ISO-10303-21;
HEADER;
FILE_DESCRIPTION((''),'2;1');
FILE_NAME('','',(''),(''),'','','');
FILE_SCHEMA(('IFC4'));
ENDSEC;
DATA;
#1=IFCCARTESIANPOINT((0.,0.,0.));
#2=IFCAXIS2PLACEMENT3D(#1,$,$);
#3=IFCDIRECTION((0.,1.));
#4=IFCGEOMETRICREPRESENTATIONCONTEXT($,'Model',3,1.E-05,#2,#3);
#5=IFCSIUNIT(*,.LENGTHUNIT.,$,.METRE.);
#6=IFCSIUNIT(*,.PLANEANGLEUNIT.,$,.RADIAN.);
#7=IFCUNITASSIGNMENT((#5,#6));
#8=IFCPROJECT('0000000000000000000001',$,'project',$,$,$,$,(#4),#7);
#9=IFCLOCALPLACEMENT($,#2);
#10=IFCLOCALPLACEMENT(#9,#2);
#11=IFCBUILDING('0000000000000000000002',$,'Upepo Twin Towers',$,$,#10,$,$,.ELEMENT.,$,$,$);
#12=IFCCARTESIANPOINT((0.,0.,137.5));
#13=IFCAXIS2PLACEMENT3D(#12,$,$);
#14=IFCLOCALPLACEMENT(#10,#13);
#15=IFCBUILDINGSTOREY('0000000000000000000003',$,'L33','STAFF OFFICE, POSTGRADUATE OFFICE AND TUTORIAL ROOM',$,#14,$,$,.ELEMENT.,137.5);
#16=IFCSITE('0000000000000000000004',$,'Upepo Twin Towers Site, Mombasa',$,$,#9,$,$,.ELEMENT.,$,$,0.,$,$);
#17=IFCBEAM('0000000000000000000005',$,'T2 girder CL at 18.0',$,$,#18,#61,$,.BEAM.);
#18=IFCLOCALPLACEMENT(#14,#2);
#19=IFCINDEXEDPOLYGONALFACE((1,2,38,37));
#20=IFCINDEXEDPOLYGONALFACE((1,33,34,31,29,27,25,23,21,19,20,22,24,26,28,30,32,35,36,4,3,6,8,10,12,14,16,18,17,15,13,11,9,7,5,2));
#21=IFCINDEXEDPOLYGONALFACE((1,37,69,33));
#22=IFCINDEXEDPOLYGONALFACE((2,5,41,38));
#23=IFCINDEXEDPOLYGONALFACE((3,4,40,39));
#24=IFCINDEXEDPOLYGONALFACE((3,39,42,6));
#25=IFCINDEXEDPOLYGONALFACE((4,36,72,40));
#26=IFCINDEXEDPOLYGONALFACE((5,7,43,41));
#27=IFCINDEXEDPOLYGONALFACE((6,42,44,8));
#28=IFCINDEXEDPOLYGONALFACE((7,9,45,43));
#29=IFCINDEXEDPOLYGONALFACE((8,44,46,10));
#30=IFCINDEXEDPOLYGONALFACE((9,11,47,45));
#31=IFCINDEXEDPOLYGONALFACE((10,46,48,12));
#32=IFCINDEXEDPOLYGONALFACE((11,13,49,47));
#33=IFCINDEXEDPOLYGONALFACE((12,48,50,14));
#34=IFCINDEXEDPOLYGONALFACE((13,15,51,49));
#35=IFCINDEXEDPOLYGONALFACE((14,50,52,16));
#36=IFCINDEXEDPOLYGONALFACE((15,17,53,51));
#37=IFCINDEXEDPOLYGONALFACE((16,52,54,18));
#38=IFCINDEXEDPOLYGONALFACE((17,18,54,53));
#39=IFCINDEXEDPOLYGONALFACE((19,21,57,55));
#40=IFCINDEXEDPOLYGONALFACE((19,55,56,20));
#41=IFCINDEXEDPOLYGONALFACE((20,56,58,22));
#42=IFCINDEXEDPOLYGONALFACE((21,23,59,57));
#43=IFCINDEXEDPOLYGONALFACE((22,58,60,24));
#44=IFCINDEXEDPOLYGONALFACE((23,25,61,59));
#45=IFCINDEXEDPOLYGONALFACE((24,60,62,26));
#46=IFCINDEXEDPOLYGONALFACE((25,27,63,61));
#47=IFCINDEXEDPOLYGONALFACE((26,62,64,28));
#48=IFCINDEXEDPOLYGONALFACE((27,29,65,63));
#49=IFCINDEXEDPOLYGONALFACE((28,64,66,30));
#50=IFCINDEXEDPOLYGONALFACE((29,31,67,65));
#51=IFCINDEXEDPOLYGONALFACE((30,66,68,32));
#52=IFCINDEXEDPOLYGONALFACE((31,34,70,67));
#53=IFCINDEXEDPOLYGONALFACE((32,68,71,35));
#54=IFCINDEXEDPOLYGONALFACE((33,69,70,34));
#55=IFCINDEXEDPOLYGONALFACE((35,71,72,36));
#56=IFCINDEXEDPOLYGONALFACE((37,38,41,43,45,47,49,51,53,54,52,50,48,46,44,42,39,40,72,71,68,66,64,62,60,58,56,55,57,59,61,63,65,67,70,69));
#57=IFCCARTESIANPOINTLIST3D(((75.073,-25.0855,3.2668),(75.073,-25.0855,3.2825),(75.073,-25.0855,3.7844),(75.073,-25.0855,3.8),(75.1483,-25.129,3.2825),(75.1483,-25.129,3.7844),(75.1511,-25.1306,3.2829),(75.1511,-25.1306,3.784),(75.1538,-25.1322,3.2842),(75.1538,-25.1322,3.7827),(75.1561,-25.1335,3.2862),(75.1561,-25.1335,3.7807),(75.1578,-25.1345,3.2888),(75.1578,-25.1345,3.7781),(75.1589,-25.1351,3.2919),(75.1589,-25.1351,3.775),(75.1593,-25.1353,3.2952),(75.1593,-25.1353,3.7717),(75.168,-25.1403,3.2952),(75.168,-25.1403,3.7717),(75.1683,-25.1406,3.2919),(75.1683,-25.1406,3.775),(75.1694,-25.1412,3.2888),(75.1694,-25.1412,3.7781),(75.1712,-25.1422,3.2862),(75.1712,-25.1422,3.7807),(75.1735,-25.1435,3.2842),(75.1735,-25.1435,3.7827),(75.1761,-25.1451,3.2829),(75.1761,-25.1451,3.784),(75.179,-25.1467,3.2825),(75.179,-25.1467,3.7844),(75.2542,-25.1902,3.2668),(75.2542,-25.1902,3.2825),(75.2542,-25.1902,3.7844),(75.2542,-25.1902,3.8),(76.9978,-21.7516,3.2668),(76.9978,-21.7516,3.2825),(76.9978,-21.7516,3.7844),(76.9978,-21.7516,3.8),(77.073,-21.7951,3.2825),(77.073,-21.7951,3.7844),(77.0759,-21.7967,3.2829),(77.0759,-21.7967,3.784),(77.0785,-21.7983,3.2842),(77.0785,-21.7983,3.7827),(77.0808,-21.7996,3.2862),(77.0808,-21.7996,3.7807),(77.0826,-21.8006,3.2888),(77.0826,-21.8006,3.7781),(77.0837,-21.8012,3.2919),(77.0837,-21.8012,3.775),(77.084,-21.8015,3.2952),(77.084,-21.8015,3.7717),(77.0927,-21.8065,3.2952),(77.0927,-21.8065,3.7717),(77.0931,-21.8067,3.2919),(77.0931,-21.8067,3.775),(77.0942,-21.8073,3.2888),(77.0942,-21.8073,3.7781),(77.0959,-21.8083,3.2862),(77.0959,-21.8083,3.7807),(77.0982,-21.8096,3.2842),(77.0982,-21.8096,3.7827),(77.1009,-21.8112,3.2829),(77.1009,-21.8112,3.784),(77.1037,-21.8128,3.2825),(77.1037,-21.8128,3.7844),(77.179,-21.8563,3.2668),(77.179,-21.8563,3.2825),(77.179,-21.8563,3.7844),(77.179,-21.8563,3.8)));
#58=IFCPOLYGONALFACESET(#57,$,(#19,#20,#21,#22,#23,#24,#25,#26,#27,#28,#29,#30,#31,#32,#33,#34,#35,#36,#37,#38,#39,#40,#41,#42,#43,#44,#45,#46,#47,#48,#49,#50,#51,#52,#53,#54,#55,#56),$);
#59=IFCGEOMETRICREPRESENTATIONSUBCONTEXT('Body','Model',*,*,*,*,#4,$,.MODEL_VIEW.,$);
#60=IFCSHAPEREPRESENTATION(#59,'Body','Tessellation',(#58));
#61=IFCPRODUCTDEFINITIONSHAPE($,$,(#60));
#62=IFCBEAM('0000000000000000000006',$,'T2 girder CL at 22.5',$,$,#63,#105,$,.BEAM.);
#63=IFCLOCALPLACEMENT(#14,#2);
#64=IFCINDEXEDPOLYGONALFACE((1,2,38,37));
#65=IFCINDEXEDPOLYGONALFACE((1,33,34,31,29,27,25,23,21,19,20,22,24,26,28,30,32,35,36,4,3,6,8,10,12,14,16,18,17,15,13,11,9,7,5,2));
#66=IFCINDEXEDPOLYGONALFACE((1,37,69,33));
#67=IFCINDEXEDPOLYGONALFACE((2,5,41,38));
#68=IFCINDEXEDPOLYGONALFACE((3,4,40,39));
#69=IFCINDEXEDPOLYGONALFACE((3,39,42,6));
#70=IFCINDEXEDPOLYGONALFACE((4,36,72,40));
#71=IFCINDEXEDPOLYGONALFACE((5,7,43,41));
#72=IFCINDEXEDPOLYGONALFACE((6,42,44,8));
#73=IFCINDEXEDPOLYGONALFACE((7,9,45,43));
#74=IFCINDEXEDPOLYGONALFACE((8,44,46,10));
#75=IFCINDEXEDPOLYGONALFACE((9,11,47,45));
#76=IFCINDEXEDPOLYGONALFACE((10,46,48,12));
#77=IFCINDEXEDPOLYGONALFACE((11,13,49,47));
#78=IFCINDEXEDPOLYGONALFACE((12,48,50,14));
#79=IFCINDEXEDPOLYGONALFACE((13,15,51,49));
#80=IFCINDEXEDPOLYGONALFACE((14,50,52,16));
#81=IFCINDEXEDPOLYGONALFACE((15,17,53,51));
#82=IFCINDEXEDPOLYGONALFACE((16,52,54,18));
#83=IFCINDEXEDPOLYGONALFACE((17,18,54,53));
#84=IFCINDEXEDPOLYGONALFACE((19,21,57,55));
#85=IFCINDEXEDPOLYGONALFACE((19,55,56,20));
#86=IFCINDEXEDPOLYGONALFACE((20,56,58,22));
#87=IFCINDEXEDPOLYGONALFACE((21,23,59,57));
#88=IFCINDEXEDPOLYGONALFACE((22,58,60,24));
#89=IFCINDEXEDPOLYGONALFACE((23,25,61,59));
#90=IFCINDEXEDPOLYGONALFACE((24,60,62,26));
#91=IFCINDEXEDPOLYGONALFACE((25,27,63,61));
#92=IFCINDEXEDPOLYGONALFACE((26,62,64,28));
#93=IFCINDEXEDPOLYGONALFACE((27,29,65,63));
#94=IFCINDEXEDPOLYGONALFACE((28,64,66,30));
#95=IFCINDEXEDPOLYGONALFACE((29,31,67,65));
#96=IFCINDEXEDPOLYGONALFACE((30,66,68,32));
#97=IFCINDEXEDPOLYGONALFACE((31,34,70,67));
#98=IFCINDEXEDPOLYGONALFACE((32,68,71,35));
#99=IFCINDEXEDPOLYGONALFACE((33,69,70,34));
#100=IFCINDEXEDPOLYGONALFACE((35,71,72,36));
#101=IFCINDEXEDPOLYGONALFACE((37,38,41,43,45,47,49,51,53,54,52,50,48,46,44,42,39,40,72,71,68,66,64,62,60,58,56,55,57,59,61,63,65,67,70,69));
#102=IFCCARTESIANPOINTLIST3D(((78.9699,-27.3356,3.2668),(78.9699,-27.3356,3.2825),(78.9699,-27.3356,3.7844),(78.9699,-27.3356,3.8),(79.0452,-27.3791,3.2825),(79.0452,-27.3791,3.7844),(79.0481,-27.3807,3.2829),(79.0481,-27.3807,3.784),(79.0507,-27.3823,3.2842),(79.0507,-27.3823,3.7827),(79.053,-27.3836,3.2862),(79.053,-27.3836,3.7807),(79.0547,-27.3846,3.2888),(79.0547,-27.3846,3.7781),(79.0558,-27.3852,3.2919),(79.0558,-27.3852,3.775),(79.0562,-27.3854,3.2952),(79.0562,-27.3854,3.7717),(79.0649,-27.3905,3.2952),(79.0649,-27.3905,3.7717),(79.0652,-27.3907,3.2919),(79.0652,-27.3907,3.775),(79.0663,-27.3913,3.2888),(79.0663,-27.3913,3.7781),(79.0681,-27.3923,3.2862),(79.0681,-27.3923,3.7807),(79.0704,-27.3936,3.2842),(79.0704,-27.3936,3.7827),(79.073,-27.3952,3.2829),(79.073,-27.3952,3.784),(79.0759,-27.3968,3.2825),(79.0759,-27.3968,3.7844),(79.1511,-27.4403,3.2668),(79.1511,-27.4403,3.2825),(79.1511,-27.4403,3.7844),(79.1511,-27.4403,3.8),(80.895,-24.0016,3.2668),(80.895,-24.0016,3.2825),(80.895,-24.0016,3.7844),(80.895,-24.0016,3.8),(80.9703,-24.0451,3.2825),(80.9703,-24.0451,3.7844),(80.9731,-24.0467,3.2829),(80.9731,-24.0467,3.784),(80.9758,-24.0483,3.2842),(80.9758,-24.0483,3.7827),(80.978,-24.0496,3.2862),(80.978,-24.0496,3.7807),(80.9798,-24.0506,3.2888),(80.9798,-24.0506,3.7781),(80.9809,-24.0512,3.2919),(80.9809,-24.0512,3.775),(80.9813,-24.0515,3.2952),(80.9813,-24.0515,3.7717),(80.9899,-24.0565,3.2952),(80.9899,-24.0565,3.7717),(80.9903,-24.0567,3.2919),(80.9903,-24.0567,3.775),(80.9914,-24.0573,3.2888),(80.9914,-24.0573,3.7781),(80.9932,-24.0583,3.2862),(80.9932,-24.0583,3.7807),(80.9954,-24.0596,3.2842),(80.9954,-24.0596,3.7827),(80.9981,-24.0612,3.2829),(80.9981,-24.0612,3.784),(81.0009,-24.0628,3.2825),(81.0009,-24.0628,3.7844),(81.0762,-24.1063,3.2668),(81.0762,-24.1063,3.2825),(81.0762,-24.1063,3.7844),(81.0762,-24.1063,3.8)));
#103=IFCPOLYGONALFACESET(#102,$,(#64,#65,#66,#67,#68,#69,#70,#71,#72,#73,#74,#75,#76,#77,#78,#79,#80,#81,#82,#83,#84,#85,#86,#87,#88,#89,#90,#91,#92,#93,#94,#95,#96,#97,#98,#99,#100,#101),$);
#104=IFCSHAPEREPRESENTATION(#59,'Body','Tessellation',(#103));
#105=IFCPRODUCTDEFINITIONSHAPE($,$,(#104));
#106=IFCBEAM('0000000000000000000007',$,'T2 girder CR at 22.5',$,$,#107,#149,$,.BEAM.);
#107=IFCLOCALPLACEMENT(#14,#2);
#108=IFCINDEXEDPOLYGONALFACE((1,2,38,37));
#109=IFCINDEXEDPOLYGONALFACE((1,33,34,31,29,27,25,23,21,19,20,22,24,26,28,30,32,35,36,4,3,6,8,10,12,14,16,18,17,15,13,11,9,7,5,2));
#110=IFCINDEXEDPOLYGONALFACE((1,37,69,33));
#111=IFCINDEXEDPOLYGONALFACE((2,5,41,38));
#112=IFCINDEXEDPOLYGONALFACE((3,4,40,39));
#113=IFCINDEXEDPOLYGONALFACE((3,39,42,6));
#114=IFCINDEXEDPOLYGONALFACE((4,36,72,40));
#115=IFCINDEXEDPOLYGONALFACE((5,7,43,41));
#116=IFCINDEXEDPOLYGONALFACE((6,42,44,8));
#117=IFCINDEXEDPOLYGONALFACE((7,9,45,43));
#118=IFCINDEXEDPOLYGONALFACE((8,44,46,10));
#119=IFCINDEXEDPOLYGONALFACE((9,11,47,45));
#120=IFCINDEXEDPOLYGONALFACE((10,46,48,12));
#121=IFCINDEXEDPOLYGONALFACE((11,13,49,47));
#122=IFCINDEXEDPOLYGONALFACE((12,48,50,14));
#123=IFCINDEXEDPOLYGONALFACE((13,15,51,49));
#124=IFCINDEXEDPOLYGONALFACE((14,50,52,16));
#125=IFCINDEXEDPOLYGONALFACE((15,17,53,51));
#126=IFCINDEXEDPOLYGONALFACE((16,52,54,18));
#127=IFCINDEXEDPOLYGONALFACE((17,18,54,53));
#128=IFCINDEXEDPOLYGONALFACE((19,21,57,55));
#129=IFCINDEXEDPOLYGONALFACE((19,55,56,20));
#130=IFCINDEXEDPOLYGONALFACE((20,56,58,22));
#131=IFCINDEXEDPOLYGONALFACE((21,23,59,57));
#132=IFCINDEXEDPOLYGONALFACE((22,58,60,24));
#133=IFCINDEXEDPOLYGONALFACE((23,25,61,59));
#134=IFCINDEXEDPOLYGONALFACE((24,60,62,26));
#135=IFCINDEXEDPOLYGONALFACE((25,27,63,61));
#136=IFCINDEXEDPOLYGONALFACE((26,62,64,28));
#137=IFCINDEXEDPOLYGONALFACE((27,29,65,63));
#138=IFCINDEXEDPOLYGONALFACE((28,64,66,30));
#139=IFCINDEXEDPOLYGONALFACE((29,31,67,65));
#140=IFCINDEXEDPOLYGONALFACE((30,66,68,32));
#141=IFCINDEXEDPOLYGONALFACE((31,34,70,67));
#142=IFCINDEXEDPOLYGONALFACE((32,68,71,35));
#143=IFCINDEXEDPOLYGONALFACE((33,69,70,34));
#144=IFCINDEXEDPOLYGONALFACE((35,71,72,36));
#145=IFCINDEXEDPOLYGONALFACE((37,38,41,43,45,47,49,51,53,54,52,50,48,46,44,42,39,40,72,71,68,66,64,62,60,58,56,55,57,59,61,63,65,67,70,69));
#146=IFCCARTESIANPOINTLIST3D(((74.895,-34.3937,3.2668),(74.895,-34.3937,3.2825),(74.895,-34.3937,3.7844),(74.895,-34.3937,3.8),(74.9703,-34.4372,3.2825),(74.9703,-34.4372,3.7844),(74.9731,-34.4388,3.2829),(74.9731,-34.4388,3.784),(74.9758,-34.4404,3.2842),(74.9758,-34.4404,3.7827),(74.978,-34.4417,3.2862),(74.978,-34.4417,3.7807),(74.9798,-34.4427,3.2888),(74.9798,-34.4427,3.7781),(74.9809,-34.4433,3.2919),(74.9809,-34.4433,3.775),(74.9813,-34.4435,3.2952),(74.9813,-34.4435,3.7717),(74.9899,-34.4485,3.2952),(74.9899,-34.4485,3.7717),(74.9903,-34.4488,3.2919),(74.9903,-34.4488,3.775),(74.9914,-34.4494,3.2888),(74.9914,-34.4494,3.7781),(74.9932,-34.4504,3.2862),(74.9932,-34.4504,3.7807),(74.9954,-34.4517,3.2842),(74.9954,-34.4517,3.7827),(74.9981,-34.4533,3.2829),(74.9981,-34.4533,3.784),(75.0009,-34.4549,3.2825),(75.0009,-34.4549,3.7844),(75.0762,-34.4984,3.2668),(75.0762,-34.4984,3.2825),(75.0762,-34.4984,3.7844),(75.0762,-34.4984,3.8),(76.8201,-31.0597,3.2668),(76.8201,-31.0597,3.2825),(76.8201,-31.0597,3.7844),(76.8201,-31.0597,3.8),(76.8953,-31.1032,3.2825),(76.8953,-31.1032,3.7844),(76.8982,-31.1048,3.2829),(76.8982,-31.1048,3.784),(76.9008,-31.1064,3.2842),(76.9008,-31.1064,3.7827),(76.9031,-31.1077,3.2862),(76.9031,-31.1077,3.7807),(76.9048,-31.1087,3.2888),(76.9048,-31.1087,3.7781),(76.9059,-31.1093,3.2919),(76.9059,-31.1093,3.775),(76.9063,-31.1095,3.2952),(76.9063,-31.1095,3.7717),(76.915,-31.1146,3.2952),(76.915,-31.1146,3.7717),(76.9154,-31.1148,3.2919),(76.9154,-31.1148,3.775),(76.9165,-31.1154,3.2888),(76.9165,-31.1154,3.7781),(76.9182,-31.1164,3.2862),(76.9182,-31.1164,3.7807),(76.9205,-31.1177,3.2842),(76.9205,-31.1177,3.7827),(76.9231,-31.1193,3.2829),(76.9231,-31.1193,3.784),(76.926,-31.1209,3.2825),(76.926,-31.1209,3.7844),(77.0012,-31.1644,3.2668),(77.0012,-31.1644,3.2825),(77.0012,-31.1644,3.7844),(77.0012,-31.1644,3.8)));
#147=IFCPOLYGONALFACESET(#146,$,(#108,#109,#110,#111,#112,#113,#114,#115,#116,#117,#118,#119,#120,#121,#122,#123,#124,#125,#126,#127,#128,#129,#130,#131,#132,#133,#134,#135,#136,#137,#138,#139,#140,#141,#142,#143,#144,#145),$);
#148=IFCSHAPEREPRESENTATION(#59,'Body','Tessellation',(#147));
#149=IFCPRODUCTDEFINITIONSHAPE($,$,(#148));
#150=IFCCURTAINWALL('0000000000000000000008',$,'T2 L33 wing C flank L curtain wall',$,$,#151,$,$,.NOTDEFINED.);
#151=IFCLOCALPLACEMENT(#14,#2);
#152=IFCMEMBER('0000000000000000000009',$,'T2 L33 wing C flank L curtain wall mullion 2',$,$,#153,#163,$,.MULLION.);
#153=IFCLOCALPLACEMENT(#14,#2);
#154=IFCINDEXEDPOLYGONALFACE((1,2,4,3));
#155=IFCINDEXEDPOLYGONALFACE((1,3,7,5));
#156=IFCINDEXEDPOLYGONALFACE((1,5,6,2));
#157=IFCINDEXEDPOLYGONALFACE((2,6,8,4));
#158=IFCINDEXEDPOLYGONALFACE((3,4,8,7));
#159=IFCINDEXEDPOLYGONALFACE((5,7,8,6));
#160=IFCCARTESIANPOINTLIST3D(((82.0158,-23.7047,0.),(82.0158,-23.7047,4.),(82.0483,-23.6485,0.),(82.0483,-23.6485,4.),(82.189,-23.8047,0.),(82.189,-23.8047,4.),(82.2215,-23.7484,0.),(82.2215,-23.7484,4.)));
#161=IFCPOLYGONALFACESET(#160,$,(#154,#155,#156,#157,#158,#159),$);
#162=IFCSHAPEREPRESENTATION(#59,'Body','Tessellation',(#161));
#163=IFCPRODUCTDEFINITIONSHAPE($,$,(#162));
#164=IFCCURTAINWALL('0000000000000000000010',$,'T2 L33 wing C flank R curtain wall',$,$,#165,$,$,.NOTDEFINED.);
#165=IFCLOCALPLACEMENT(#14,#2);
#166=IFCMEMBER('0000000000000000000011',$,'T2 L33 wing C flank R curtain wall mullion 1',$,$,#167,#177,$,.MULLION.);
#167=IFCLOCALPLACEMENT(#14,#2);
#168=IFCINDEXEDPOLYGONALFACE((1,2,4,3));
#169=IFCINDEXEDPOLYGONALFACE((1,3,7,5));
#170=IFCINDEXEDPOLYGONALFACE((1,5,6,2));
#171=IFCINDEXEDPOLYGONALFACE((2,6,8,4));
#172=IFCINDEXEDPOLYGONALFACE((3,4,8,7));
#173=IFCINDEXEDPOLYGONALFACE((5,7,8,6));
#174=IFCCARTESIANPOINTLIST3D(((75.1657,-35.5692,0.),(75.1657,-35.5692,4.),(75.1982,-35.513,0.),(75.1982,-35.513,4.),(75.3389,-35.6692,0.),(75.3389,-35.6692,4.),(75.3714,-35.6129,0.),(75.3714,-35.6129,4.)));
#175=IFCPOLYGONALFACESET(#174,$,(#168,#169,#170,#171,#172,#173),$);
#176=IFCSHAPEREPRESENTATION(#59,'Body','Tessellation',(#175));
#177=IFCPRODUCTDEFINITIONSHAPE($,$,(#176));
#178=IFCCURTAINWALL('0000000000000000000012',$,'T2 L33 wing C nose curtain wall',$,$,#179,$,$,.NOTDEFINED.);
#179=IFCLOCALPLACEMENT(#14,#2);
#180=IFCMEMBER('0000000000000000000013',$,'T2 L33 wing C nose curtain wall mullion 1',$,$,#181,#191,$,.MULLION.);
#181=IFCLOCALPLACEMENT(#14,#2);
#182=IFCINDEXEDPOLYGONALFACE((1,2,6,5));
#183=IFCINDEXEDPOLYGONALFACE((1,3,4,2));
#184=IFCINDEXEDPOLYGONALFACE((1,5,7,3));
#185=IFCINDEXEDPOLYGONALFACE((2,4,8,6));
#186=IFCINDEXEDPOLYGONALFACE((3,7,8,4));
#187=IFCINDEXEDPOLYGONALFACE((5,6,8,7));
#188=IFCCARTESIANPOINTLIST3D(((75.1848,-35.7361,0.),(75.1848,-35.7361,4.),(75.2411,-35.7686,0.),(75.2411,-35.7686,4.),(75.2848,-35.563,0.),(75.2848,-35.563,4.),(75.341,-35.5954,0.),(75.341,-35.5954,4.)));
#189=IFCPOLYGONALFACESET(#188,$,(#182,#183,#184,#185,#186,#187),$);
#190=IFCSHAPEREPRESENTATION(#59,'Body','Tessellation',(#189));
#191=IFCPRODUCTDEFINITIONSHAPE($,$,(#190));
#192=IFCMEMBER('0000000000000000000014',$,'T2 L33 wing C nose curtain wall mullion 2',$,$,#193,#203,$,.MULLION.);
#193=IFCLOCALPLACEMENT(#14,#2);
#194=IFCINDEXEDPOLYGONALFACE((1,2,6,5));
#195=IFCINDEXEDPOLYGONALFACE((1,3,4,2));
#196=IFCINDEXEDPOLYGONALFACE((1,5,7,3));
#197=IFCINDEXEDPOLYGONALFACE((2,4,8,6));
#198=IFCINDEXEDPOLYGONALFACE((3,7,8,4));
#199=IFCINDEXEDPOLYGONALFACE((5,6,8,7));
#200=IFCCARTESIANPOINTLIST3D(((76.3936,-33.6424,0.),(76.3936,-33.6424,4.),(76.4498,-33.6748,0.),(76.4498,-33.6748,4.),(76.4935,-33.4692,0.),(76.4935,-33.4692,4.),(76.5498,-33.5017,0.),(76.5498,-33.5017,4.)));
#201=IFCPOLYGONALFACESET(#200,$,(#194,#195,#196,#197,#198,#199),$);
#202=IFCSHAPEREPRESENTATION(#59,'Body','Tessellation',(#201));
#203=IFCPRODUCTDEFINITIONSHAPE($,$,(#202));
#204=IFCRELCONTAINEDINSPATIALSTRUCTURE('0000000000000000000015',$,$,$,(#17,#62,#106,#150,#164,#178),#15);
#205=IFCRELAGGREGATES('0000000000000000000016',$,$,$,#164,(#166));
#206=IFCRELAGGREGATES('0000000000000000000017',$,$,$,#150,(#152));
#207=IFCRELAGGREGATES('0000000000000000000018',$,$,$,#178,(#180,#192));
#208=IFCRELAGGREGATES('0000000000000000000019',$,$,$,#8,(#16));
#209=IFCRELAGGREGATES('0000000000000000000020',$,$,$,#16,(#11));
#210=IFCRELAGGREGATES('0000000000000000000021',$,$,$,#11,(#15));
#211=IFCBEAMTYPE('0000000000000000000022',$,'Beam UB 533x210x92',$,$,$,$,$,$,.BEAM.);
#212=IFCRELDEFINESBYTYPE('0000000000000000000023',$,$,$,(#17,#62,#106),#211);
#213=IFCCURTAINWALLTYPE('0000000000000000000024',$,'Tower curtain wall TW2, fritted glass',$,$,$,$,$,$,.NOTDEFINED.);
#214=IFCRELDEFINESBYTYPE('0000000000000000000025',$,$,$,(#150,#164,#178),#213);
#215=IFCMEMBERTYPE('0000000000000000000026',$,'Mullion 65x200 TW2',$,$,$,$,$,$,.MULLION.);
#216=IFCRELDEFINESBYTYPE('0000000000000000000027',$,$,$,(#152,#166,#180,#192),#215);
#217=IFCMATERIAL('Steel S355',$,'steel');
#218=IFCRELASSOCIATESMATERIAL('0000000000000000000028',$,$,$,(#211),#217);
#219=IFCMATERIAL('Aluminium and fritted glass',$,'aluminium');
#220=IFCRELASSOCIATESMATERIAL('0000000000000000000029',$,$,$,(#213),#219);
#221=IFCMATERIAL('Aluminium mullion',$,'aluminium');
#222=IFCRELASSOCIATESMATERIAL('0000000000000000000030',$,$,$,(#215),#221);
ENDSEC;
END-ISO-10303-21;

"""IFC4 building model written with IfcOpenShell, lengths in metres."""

from ifc_helpers import new_model, si_unit, direction, frame, origin, origin_2d, place, context, subcontext, project, spatial, rectangle, i_section, extrude, material, material_profile, profile_set, type_object, element, aggregate, save


model = new_model("IFC4")

# Units and contexts
model_context = context("Model", 3, precision=1e-05, world=origin(), true_north=direction((0.0, 1.0)))
body_context = subcontext(model_context, "Body", "Model", "MODEL_VIEW")
ifc_project = project(units=[si_unit("LENGTHUNIT", "METRE"), si_unit("PLANEANGLEUNIT", "RADIAN")], contexts=[model_context])

# Site, building, storey
site_placement = place(None, origin())
site = spatial("IfcSite", under=ifc_project, at=site_placement, Name="Upepo Twin Towers Site, Mombasa", CompositionType="ELEMENT", RefElevation=0.0)
building_placement = place(site_placement, origin())
building = spatial("IfcBuilding", under=site, at=building_placement, Name="Upepo Twin Towers", CompositionType="ELEMENT")
storey_placement = place(building_placement, frame((0.0, 0.0, 137.5)))
storey = spatial("IfcBuildingStorey", under=building, at=storey_placement, Name="L33", Description="STAFF OFFICE, POSTGRADUATE OFFICE AND TUTORIAL ROOM", CompositionType="ELEMENT", Elevation=137.5)

# Beams
ifc_material_1 = material(Name="Steel S355", Category="steel")
ifc_material_profile_1 = material_profile(ifc_material_1, i_section(OverallWidth=0.2092, OverallDepth=0.5332, WebThickness=0.01, FlangeThickness=0.0156, FilletRadius=0.0127, at=origin_2d()), Name="UB 533x210x92")
ifc_profile_set_1 = profile_set([ifc_material_profile_1], Name="Steel S355")
beam_type_1 = type_object("IfcBeamType", Name="Beam UB 533x210x92", PredefinedType="BEAM", material=ifc_profile_set_1)
beam_1_placement = place(storey_placement, frame((77.0884, -21.804, 3.5334), z_axis=(-0.499986, -0.866034, 0.0), x_axis=(0.866034, -0.499986, 0.0)))
element("IfcBeam", 1, at=beam_1_placement, inside=storey, type_object=beam_type_1, Name="T2 girder CL at 18.0", PredefinedType="BEAM", context=body_context, shape_type="SweptSolid", body=[
    extrude(i_section(OverallWidth=0.2092, OverallDepth=0.5332, WebThickness=0.01, FlangeThickness=0.0156, FilletRadius=0.0127, at=origin_2d()), origin(), (0.0, 0.0, 1.0), 3.8496),
])
for number, where, z_axis, x_axis, name in (
    (2, (80.9856, -24.054, 3.5334), (-0.500034, -0.866006, 0.0), (0.866006, -0.500034, 0.0), "T2 girder CL at 22.5"),
    (3, (74.9856, -34.446, 3.5334), (0.500034, 0.866006, 0.0), (-0.866006, 0.500034, 0.0), "T2 girder CR at 22.5"),
):
    element("IfcBeam", number, at=place(storey_placement, frame(where, z_axis=z_axis, x_axis=x_axis)), inside=storey, type_object=beam_type_1, Name=name, PredefinedType="BEAM", context=body_context, shape_type="SweptSolid", body=[
        extrude(i_section(OverallWidth=0.2092, OverallDepth=0.5332, WebThickness=0.01, FlangeThickness=0.0156, FilletRadius=0.0127, at=origin_2d()), origin(), (0.0, 0.0, 1.0), 3.8499),
    ])

# Curtain walls, members
ifc_material_2 = material(Name="Aluminium and fritted glass", Category="aluminium")
curtain_wall_type = type_object("IfcCurtainWallType", Name="Tower curtain wall TW2, fritted glass", PredefinedType="NOTDEFINED", material=ifc_material_2)
curtain_wall_1_placement = place(storey_placement, origin())
curtain_wall_1 = element("IfcCurtainWall", 4, at=curtain_wall_1_placement, inside=storey, type_object=curtain_wall_type, Name="T2 L33 wing C flank L curtain wall", PredefinedType="NOTDEFINED")
ifc_material_3 = material(Name="Aluminium mullion", Category="aluminium")
ifc_material_profile_2 = material_profile(ifc_material_3, rectangle(XDim=0.0649, YDim=0.2, at=origin_2d()), Name="MULLION 65x200")
ifc_profile_set_2 = profile_set([ifc_material_profile_2], Name="Aluminium mullion")
member_type_1 = type_object("IfcMemberType", Name="Mullion 65x200 TW2", PredefinedType="MULLION", material=ifc_profile_set_2)
member_1_placement = place(storey_placement, frame((82.1187, -23.7266, 0.0), z_axis=(0.0, 0.0, 1.0), x_axis=(0.5, 0.866025, 0.0)))
member_1 = element("IfcMember", 5, at=member_1_placement, type_object=member_type_1, Name="T2 L33 wing C flank L curtain wall mullion 2", PredefinedType="MULLION", context=body_context, shape_type="SweptSolid", body=[
    extrude(rectangle(XDim=0.0649, YDim=0.2, at=origin_2d()), origin(), (0.0, 0.0, 1.0), 4.0),
])
curtain_wall_2_placement = place(storey_placement, origin())
curtain_wall_2 = element("IfcCurtainWall", 6, at=curtain_wall_2_placement, inside=storey, type_object=curtain_wall_type, Name="T2 L33 wing C flank R curtain wall", PredefinedType="NOTDEFINED")
member_2_placement = place(storey_placement, frame((75.2686, -35.5911, 0.0), z_axis=(0.0, 0.0, 1.0), x_axis=(-0.5, -0.866025, 0.0)))
member_2 = element("IfcMember", 7, at=member_2_placement, type_object=member_type_1, Name="T2 L33 wing C flank R curtain wall mullion 1", PredefinedType="MULLION", context=body_context, shape_type="SweptSolid", body=[
    extrude(rectangle(XDim=0.0649, YDim=0.2, at=origin_2d()), origin(), (0.0, 0.0, 1.0), 4.0),
])

# Curtain wall, members
curtain_wall_3_placement = place(storey_placement, origin())
curtain_wall_3 = element("IfcCurtainWall", 8, at=curtain_wall_3_placement, inside=storey, type_object=curtain_wall_type, Name="T2 L33 wing C nose curtain wall", PredefinedType="NOTDEFINED")
member_3_placement = place(storey_placement, frame((75.2629, -35.6658, 0.0), z_axis=(0.0, 0.0, 1.0), x_axis=(-0.866025, 0.5, 0.0)))
member_3 = element("IfcMember", 9, at=member_3_placement, type_object=member_type_1, Name="T2 L33 wing C nose curtain wall mullion 1", PredefinedType="MULLION", context=body_context, shape_type="SweptSolid", body=[
    extrude(rectangle(XDim=0.0649, YDim=0.2, at=origin_2d()), origin(), (0.0, 0.0, 1.0), 4.0),
])
member_4_placement = place(storey_placement, frame((76.4717, -33.572, 0.0), z_axis=(0.0, 0.0, 1.0), x_axis=(-0.866025, 0.5, 0.0)))
member_4 = element("IfcMember", 10, at=member_4_placement, type_object=member_type_1, Name="T2 L33 wing C nose curtain wall mullion 2", PredefinedType="MULLION", context=body_context, shape_type="SweptSolid", body=[
    extrude(rectangle(XDim=0.0649, YDim=0.2, at=origin_2d()), origin(), (0.0, 0.0, 1.0), 4.0),
])

aggregate(curtain_wall_2, [member_2])

aggregate(curtain_wall_1, [member_1])
aggregate(curtain_wall_3, [member_3, member_4])

save(model, "model.ifc")
